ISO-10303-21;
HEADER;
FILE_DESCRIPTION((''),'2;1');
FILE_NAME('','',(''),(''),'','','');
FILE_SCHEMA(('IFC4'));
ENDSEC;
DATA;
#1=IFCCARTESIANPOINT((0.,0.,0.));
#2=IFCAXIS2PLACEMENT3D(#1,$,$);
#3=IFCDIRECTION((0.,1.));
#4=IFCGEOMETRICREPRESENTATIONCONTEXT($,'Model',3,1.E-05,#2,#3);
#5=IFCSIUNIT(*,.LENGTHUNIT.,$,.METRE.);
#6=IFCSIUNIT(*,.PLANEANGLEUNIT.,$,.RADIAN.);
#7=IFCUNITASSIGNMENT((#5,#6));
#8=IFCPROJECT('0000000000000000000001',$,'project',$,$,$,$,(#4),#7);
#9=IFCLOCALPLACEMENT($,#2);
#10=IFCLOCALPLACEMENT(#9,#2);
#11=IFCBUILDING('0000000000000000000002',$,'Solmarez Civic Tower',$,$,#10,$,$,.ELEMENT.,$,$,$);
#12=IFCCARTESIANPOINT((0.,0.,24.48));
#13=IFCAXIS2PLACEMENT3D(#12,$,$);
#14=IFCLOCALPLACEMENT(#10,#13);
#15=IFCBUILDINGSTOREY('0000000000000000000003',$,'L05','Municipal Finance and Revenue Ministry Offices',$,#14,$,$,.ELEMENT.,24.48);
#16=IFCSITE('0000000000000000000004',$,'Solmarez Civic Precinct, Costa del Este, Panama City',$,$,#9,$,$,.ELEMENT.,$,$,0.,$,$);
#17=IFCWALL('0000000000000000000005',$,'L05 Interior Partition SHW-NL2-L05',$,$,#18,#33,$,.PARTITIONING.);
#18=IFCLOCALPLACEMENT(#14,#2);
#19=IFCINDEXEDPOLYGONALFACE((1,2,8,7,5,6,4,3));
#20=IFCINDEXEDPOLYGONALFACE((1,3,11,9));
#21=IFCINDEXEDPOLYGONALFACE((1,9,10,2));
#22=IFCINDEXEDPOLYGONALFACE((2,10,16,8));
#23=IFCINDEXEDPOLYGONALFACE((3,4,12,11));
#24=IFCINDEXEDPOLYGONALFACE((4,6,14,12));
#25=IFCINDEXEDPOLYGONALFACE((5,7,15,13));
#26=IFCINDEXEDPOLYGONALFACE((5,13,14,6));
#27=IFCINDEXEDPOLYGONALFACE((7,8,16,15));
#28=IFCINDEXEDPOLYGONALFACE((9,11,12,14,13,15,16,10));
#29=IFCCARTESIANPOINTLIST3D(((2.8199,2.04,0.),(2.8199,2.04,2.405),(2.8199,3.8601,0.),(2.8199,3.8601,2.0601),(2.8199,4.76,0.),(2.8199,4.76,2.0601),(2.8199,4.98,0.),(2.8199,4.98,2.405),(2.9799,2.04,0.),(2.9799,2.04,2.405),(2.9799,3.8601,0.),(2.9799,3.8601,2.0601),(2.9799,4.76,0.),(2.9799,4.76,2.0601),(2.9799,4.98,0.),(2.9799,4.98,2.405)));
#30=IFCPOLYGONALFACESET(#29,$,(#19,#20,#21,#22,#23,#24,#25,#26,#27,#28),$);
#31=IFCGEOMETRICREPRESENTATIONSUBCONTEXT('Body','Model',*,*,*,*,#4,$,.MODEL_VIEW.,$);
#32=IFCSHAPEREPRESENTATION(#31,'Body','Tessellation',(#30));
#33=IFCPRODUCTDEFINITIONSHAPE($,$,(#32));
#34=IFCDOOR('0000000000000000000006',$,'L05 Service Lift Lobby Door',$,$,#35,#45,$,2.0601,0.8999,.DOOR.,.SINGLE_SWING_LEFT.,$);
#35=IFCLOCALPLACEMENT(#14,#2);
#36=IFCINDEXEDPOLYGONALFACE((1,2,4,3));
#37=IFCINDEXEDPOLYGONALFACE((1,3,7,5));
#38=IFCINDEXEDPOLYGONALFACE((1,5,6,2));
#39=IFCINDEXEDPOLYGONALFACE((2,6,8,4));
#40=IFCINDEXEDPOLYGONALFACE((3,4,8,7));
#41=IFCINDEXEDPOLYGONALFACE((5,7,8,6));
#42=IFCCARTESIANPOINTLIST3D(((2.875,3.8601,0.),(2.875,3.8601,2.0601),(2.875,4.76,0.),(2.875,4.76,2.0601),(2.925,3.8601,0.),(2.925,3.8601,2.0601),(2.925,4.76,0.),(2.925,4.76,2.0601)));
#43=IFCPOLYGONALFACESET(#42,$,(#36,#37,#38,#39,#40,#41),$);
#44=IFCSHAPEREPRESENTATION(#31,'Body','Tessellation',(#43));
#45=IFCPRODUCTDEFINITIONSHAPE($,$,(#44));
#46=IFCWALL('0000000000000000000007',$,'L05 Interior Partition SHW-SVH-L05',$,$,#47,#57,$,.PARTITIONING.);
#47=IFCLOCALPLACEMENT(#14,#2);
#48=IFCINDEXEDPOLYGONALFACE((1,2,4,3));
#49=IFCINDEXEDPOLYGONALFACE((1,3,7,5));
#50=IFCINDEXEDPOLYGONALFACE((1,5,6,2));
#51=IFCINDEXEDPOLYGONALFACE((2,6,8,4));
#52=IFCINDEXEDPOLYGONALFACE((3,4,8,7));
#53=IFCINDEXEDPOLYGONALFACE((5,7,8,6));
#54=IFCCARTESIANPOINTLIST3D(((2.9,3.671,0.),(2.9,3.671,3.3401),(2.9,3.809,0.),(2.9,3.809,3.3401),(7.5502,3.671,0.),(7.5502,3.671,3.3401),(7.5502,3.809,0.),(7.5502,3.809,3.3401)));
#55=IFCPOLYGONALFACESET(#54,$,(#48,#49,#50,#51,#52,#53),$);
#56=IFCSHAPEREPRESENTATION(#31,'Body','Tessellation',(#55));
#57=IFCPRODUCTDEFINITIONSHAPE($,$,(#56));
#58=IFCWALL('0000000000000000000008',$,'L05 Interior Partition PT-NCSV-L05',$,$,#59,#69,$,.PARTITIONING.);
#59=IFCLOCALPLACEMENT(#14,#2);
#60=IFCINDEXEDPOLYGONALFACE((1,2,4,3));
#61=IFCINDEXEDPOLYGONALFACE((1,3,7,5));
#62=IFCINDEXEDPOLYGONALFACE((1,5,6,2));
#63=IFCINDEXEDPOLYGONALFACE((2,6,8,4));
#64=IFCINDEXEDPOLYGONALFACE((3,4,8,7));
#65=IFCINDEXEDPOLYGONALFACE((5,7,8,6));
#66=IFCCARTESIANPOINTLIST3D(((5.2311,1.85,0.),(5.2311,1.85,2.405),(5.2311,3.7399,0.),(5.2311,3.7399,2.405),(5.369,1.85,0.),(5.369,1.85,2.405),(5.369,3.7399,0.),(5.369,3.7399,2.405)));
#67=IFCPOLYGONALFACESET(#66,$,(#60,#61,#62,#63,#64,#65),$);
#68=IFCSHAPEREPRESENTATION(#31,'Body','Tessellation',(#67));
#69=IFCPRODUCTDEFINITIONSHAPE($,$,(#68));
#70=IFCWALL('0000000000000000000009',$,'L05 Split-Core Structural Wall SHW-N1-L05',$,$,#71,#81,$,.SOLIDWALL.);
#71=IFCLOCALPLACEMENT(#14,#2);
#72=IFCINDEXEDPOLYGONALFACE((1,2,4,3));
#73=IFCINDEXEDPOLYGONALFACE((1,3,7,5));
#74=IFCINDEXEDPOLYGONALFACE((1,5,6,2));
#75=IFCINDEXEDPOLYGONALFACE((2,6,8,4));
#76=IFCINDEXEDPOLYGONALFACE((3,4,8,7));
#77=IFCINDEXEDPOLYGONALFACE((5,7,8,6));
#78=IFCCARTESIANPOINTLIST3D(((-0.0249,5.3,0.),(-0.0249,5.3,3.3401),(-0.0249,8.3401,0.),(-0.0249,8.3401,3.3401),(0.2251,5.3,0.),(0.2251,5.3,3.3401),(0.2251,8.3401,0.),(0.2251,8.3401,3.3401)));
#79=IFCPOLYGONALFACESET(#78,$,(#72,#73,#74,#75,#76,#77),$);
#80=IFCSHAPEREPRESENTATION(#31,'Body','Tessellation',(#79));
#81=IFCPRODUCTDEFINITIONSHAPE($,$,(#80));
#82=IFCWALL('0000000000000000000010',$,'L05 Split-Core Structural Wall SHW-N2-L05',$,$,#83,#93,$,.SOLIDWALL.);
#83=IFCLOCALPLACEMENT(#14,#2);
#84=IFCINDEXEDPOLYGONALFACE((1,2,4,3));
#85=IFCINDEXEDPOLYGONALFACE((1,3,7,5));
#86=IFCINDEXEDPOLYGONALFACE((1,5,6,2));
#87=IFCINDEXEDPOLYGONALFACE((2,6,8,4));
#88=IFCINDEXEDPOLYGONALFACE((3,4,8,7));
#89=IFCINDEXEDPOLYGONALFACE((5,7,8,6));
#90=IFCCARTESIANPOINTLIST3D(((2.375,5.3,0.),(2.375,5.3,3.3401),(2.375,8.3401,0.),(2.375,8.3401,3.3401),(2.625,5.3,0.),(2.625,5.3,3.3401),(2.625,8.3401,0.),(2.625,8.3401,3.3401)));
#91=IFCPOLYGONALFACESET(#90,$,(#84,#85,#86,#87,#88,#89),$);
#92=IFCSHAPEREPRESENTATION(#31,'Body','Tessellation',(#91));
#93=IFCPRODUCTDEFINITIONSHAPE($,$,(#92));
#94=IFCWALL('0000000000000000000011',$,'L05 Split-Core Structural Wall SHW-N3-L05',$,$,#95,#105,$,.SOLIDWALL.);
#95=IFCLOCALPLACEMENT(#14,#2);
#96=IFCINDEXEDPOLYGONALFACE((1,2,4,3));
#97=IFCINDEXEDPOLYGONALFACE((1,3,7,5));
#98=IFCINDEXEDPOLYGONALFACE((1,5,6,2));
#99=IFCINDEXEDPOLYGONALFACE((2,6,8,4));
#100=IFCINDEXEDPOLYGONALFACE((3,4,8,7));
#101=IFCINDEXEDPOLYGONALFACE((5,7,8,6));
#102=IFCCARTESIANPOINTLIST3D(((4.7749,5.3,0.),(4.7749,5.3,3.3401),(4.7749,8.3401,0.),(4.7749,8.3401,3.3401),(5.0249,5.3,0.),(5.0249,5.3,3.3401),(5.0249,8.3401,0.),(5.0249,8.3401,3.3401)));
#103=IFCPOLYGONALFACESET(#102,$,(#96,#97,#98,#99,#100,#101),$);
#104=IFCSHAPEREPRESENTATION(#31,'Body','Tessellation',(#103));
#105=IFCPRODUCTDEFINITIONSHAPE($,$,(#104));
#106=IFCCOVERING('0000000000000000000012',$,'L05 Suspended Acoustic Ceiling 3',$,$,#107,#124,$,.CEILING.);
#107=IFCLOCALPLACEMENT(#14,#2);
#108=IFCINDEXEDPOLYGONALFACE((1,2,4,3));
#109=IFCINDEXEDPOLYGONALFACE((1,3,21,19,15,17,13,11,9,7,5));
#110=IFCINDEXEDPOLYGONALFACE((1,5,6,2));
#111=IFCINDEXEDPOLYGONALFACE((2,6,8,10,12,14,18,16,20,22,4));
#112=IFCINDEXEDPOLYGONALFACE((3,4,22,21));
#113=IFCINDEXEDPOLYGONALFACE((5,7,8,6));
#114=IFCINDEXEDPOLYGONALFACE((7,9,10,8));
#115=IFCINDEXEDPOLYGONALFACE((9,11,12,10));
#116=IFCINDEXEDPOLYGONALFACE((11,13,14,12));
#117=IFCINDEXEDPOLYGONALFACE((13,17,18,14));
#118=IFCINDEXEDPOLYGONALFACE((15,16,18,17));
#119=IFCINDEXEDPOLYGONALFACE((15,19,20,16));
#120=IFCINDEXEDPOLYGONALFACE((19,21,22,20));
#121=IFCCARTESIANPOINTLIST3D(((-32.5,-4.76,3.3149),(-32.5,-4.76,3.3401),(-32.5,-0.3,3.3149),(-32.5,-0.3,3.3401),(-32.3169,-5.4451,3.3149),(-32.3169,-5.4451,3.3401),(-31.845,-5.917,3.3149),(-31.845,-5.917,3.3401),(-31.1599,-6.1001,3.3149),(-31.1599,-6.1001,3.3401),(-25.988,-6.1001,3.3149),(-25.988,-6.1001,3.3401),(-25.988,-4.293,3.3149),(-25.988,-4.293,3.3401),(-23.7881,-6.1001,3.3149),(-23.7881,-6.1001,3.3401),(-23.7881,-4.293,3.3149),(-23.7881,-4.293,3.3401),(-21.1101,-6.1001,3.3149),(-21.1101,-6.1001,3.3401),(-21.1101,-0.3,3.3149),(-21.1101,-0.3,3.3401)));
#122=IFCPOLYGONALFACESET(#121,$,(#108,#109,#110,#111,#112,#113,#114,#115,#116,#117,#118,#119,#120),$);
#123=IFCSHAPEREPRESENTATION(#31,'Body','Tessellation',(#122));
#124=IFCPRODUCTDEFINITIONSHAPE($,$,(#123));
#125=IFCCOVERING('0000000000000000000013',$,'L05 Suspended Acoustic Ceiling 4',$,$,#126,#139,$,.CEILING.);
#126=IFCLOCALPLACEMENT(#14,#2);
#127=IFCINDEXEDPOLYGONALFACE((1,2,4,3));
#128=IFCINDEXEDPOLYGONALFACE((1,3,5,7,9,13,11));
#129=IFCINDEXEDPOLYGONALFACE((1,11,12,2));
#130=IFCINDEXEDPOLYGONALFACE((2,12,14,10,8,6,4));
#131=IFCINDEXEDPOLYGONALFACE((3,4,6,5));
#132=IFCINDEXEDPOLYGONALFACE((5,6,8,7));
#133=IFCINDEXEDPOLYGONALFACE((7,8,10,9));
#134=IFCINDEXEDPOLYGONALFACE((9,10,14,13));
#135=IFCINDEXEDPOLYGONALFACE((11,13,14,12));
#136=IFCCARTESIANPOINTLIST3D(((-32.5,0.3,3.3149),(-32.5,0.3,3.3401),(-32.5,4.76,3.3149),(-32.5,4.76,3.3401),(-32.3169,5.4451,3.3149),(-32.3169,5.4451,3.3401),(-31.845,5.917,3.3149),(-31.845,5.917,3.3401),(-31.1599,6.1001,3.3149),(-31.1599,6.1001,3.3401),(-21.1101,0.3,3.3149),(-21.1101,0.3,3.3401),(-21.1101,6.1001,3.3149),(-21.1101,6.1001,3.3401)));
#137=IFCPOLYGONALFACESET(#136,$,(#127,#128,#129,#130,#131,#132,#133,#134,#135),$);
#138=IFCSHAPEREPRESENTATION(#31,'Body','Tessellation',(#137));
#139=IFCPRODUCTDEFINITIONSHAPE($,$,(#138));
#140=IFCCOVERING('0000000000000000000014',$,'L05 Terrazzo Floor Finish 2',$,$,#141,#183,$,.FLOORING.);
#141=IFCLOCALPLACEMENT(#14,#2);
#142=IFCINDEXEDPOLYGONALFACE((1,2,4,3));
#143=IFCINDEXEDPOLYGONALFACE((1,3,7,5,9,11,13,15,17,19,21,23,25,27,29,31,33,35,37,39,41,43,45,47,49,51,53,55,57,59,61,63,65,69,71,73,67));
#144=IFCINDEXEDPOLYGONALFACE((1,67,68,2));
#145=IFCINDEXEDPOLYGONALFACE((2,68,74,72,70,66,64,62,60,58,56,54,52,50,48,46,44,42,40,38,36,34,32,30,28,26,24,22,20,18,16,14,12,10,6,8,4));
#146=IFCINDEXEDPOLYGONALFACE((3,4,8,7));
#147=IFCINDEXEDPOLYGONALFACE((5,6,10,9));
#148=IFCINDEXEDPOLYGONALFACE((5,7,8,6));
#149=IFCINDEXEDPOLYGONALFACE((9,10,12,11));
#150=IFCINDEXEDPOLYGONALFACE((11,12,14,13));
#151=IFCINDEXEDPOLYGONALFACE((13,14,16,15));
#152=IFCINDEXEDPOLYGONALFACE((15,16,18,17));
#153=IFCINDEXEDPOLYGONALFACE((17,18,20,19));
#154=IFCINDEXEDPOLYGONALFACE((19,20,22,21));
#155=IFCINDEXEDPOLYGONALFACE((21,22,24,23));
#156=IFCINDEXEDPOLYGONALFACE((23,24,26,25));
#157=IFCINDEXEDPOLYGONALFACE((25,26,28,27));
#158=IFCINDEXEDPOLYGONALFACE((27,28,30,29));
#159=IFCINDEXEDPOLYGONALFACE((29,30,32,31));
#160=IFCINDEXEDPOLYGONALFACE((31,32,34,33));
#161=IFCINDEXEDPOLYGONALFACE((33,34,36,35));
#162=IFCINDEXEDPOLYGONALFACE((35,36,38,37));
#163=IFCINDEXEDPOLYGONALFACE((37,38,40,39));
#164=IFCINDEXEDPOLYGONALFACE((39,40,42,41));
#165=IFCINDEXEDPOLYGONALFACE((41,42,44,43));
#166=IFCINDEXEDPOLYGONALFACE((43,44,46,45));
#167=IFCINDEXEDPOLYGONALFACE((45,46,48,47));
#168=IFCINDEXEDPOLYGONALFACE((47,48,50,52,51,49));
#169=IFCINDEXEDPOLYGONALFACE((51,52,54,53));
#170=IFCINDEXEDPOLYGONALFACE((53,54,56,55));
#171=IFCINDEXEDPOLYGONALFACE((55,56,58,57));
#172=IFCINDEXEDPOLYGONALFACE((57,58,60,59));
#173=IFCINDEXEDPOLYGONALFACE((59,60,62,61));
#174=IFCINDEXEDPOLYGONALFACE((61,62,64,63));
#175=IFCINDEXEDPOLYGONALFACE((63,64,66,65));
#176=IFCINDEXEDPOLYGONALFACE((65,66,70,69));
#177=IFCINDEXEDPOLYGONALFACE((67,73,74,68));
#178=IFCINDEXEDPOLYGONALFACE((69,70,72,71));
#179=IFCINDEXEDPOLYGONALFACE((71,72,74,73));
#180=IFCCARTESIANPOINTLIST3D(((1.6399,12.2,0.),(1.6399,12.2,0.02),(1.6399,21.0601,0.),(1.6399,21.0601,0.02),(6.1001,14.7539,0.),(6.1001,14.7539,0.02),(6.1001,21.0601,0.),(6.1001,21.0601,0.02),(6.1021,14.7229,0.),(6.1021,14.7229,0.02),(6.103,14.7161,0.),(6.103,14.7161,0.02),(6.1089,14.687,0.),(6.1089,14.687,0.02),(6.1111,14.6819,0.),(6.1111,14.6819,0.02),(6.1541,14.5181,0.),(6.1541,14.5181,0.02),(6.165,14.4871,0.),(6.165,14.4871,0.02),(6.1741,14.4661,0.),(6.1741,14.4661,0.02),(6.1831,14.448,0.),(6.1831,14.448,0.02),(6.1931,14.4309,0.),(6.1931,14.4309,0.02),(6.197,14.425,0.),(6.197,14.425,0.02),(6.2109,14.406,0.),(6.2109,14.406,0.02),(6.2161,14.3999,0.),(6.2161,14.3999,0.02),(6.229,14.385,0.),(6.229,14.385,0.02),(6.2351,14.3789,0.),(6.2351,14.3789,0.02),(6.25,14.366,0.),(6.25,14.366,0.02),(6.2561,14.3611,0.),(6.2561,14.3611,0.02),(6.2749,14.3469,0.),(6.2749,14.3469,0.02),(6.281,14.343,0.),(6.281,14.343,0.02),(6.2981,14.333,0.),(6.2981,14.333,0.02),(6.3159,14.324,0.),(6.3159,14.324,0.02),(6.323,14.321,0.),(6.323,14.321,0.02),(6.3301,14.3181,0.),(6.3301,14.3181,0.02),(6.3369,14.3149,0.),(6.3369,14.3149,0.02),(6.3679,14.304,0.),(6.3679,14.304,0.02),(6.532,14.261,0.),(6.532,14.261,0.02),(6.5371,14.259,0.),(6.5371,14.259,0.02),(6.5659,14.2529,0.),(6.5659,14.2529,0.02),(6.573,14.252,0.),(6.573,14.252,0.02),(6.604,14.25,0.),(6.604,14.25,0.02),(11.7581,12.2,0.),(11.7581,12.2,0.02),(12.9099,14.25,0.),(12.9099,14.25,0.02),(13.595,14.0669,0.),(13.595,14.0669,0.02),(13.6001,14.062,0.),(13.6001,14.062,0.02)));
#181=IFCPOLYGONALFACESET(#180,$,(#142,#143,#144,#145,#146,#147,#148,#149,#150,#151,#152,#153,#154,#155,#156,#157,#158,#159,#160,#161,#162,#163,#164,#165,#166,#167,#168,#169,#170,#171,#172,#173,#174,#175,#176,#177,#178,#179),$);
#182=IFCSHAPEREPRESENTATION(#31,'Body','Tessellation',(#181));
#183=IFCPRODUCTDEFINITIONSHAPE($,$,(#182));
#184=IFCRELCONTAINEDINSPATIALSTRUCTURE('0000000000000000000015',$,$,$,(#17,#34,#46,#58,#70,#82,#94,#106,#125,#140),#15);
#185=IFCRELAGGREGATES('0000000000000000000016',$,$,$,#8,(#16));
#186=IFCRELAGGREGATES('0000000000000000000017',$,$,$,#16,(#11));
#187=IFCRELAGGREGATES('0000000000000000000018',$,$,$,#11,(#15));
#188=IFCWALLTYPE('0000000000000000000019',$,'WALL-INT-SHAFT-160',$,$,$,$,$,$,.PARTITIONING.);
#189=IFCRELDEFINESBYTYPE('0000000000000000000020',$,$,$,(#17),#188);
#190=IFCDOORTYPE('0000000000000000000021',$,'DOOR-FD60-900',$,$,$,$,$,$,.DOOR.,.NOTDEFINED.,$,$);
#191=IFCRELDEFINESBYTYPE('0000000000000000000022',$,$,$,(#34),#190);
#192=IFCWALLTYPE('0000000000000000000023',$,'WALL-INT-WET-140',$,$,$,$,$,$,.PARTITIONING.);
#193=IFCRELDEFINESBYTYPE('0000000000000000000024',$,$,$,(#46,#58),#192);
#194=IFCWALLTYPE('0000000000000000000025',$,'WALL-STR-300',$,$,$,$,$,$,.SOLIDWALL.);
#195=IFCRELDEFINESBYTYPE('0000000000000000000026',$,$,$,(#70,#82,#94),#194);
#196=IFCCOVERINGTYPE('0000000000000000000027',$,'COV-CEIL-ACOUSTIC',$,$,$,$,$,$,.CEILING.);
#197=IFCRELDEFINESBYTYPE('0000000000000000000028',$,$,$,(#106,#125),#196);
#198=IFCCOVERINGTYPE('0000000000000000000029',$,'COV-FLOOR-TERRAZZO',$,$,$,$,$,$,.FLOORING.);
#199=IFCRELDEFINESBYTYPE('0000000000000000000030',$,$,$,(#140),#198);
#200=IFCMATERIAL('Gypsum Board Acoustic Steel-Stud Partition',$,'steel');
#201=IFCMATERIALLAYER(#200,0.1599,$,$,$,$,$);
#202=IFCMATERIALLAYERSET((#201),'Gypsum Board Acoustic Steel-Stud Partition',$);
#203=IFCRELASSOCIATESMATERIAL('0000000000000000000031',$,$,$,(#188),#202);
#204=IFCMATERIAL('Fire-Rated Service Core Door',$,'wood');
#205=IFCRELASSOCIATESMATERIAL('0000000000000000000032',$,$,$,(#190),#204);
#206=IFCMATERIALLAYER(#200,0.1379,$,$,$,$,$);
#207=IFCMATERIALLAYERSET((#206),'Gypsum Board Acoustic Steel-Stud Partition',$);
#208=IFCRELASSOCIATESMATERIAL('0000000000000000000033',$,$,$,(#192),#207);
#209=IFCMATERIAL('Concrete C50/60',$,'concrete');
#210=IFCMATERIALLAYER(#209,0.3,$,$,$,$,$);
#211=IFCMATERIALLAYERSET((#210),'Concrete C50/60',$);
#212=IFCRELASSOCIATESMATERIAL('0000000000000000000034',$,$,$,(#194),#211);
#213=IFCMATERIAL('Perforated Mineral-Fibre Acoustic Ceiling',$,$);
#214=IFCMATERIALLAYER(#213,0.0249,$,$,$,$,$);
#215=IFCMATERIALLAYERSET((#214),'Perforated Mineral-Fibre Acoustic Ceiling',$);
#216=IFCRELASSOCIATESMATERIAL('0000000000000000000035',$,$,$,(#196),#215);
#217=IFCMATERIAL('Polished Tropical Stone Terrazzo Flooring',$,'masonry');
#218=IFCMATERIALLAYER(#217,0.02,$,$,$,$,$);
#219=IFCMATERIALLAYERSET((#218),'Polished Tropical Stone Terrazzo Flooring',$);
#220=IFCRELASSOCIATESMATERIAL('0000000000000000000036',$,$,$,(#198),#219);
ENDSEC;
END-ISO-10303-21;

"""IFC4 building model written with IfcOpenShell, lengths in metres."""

from ifc_helpers import new_model, si_unit, direction, frame, frame_2d, origin, place, context, subcontext, project, spatial, polyline, rectangle, outline, extrude, material, layer, layer_set, type_object, element, fill, save


model = new_model("IFC4")

# Units and contexts
model_context = context("Model", 3, precision=1e-05, world=origin(), true_north=direction((0.0, 1.0)))
body_context = subcontext(model_context, "Body", "Model", "MODEL_VIEW")
ifc_project = project(units=[si_unit("LENGTHUNIT", "METRE"), si_unit("PLANEANGLEUNIT", "RADIAN")], contexts=[model_context])

# Site, building, storey
site_placement = place(None, origin())
site = spatial("IfcSite", under=ifc_project, at=site_placement, Name="Solmarez Civic Precinct, Costa del Este, Panama City", CompositionType="ELEMENT", RefElevation=0.0)
building_placement = place(site_placement, origin())
building = spatial("IfcBuilding", under=site, at=building_placement, Name="Solmarez Civic Tower", CompositionType="ELEMENT")
storey_placement = place(building_placement, frame((0.0, 0.0, 24.48)))
storey = spatial("IfcBuildingStorey", under=building, at=storey_placement, Name="L05", Description="Municipal Finance and Revenue Ministry Offices", CompositionType="ELEMENT", Elevation=24.48)

# Shared definitions
ifc_material_1 = material(Name="Gypsum Board Acoustic Steel-Stud Partition", Category="steel")

# Wall, opening, door
ifc_layer_1 = layer(ifc_material_1, 0.1599)
ifc_layer_set_1 = layer_set([ifc_layer_1], Name="Gypsum Board Acoustic Steel-Stud Partition")
wall_type_1 = type_object("IfcWallType", Name="WALL-INT-SHAFT-160", PredefinedType="PARTITIONING", material=ifc_layer_set_1)
wall_1_placement = place(storey_placement, frame((2.8999, 2.04, 0.0), z_axis=(0.0, 0.0, 1.0), x_axis=(0.0, 1.0, 0.0)))
wall_1 = element("IfcWall", 1, at=wall_1_placement, inside=storey, type_object=wall_type_1, Name="L05 Interior Partition SHW-NL2-L05", PredefinedType="PARTITIONING", context=body_context, shape_type="SweptSolid", body=[
    extrude(rectangle(XDim=2.9399, YDim=0.1599, at=frame_2d((1.47, 0.0))), origin(), (0.0, 0.0, 1.0), 2.405),
])
opening_1_placement = place(wall_1_placement, frame((1.8201, 0.0, 0.0)))
opening_1 = element("IfcOpeningElement", 2, at=opening_1_placement, cuts=wall_1, PredefinedType="OPENING", context=body_context, shape_type="SweptSolid", body=[
    extrude(rectangle(XDim=0.8999, YDim=2.0601, at=frame_2d((0.45, 1.03))), frame((0.0, 0.0898, 0.0), z_axis=(0.0, -1.0, 0.0), x_axis=(1.0, 0.0, 0.0)), (0.0, 0.0, 1.0), 0.1799),
])
ifc_material_2 = material(Name="Fire-Rated Service Core Door", Category="wood")
door_type_1 = type_object("IfcDoorType", Name="DOOR-FD60-900", OperationType="NOTDEFINED", PredefinedType="DOOR", material=ifc_material_2)
door_1_placement = place(opening_1_placement, origin())
door_1 = element("IfcDoor", 3, at=door_1_placement, inside=storey, type_object=door_type_1, Name="L05 Service Lift Lobby Door", OperationType="SINGLE_SWING_LEFT", OverallHeight=2.0601, OverallWidth=0.8999, PredefinedType="DOOR", context=body_context, shape_type="SweptSolid", body=[
    extrude(rectangle(XDim=0.8999, YDim=2.0601, at=frame_2d((0.45, 1.03))), frame((0.0, 0.0249, 0.0), z_axis=(0.0, -1.0, 0.0), x_axis=(1.0, 0.0, 0.0)), (0.0, 0.0, 1.0), 0.05),
])
fill(opening_1, door_1)

# Walls
ifc_layer_2 = layer(ifc_material_1, 0.1379)
ifc_layer_set_2 = layer_set([ifc_layer_2], Name="Gypsum Board Acoustic Steel-Stud Partition")
wall_type_2 = type_object("IfcWallType", Name="WALL-INT-WET-140", PredefinedType="PARTITIONING", material=ifc_layer_set_2)
wall_2_placement = place(storey_placement, frame((2.8999, 3.74, 0.0), z_axis=(0.0, 0.0, 1.0), x_axis=(1.0, 0.0, 0.0)))
element("IfcWall", 4, at=wall_2_placement, inside=storey, type_object=wall_type_2, Name="L05 Interior Partition SHW-SVH-L05", PredefinedType="PARTITIONING", context=body_context, shape_type="SweptSolid", body=[
    extrude(rectangle(XDim=4.6501, YDim=0.1379, at=frame_2d((2.3252, 0.0))), origin(), (0.0, 0.0, 1.0), 3.3401),
])
wall_3_placement = place(storey_placement, frame((5.3, 1.8501, 0.0), z_axis=(0.0, 0.0, 1.0), x_axis=(0.0, 1.0, 0.0)))
element("IfcWall", 5, at=wall_3_placement, inside=storey, type_object=wall_type_2, Name="L05 Interior Partition PT-NCSV-L05", PredefinedType="PARTITIONING", context=body_context, shape_type="SweptSolid", body=[
    extrude(rectangle(XDim=1.8899, YDim=0.1379, at=frame_2d((0.9448, 0.0))), origin(), (0.0, 0.0, 1.0), 2.405),
])
ifc_material_3 = material(Name="Concrete C50/60", Category="concrete")
ifc_layer_3 = layer(ifc_material_3, 0.3)
ifc_layer_set_3 = layer_set([ifc_layer_3], Name="Concrete C50/60")
wall_type_3 = type_object("IfcWallType", Name="WALL-STR-300", PredefinedType="SOLIDWALL", material=ifc_layer_set_3)
for number, where, z_axis, x_axis, name in (
    (6, (0.1001, 5.3, 0.0), (0.0, 0.0, 1.0), (0.0, 1.0, 0.0), "L05 Split-Core Structural Wall SHW-N1-L05"),
    (7, (2.5, 5.3, 0.0), (0.0, 0.0, 1.0), (0.0, 1.0, 0.0), "L05 Split-Core Structural Wall SHW-N2-L05"),
    (8, (4.8999, 5.3, 0.0), (0.0, 0.0, 1.0), (0.0, 1.0, 0.0), "L05 Split-Core Structural Wall SHW-N3-L05"),
):
    element("IfcWall", number, at=place(storey_placement, frame(where, z_axis=z_axis, x_axis=x_axis)), inside=storey, type_object=wall_type_3, Name=name, PredefinedType="SOLIDWALL", context=body_context, shape_type="SweptSolid", body=[
        extrude(rectangle(XDim=3.04, YDim=0.25, at=frame_2d((1.52, 0.0))), origin(), (0.0, 0.0, 1.0), 3.3401),
    ])

# Coverings
ifc_material_4 = material(Name="Perforated Mineral-Fibre Acoustic Ceiling")
ifc_layer_4 = layer(ifc_material_4, 0.0249)
ifc_layer_set_4 = layer_set([ifc_layer_4], Name="Perforated Mineral-Fibre Acoustic Ceiling")
covering_type_1 = type_object("IfcCoveringType", Name="COV-CEIL-ACOUSTIC", PredefinedType="CEILING", material=ifc_layer_set_4)
covering_1_placement = place(storey_placement, frame((0.0, 0.0, 3.3149)))
element("IfcCovering", 9, at=covering_1_placement, inside=storey, type_object=covering_type_1, Name="L05 Suspended Acoustic Ceiling 3", PredefinedType="CEILING", context=body_context, shape_type="SweptSolid", body=[
    extrude(outline(polyline([(-32.5, -0.3), (-32.5, -4.76), (-32.3169, -5.4451), (-31.845, -5.917), (-31.1599, -6.1001), (-25.988, -6.1001), (-25.988, -4.293), (-23.7881, -4.293), (-23.7881, -6.1001), (-21.1101, -6.1001), (-21.1101, -0.3), (-32.5, -0.3)])), origin(), (0.0, 0.0, 1.0), 0.0251),
])
covering_2_placement = place(storey_placement, frame((0.0, 0.0, 3.3149)))
element("IfcCovering", 10, at=covering_2_placement, inside=storey, type_object=covering_type_1, Name="L05 Suspended Acoustic Ceiling 4", PredefinedType="CEILING", context=body_context, shape_type="SweptSolid", body=[
    extrude(outline(polyline([(-21.1101, 6.1001), (-31.1599, 6.1001), (-31.845, 5.917), (-32.3169, 5.4451), (-32.5, 4.76), (-32.5, 0.3), (-21.1101, 0.3), (-21.1101, 6.1001)])), origin(), (0.0, 0.0, 1.0), 0.0251),
])
ifc_material_5 = material(Name="Polished Tropical Stone Terrazzo Flooring", Category="masonry")
ifc_layer_5 = layer(ifc_material_5, 0.02)
ifc_layer_set_5 = layer_set([ifc_layer_5], Name="Polished Tropical Stone Terrazzo Flooring")
covering_type_2 = type_object("IfcCoveringType", Name="COV-FLOOR-TERRAZZO", PredefinedType="FLOORING", material=ifc_layer_set_5)
covering_3_placement = place(storey_placement, origin())
element("IfcCovering", 11, at=covering_3_placement, inside=storey, type_object=covering_type_2, Name="L05 Terrazzo Floor Finish 2", PredefinedType="FLOORING", context=body_context, shape_type="SweptSolid", body=[
    extrude(outline(polyline([(1.6399, 12.2), (11.7581, 12.2), (13.6001, 14.062), (13.595, 14.0669), (12.9099, 14.25), (6.604, 14.25), (6.573, 14.252), (6.5659, 14.2529), (6.5371, 14.259), (6.532, 14.261), (6.3679, 14.304), (6.3369, 14.3149), (6.3301, 14.3181), (6.323, 14.321), (6.3159, 14.324), (6.2981, 14.333), (6.281, 14.343), (6.2749, 14.3469), (6.2561, 14.3611), (6.25, 14.366), (6.2351, 14.3789), (6.229, 14.385), (6.2161, 14.3999), (6.2109, 14.406), (6.197, 14.425), (6.1931, 14.4309), (6.1831, 14.448), (6.1741, 14.4661), (6.165, 14.4871), (6.1541, 14.5181), (6.1111, 14.6819), (6.1089, 14.687), (6.103, 14.7161), (6.1021, 14.7229), (6.1001, 14.7539), (6.1001, 21.0601), (1.6399, 21.0601), (1.6399, 12.2)])), origin(), (0.0, 0.0, 1.0), 0.02),
])

save(model, "model.ifc")
